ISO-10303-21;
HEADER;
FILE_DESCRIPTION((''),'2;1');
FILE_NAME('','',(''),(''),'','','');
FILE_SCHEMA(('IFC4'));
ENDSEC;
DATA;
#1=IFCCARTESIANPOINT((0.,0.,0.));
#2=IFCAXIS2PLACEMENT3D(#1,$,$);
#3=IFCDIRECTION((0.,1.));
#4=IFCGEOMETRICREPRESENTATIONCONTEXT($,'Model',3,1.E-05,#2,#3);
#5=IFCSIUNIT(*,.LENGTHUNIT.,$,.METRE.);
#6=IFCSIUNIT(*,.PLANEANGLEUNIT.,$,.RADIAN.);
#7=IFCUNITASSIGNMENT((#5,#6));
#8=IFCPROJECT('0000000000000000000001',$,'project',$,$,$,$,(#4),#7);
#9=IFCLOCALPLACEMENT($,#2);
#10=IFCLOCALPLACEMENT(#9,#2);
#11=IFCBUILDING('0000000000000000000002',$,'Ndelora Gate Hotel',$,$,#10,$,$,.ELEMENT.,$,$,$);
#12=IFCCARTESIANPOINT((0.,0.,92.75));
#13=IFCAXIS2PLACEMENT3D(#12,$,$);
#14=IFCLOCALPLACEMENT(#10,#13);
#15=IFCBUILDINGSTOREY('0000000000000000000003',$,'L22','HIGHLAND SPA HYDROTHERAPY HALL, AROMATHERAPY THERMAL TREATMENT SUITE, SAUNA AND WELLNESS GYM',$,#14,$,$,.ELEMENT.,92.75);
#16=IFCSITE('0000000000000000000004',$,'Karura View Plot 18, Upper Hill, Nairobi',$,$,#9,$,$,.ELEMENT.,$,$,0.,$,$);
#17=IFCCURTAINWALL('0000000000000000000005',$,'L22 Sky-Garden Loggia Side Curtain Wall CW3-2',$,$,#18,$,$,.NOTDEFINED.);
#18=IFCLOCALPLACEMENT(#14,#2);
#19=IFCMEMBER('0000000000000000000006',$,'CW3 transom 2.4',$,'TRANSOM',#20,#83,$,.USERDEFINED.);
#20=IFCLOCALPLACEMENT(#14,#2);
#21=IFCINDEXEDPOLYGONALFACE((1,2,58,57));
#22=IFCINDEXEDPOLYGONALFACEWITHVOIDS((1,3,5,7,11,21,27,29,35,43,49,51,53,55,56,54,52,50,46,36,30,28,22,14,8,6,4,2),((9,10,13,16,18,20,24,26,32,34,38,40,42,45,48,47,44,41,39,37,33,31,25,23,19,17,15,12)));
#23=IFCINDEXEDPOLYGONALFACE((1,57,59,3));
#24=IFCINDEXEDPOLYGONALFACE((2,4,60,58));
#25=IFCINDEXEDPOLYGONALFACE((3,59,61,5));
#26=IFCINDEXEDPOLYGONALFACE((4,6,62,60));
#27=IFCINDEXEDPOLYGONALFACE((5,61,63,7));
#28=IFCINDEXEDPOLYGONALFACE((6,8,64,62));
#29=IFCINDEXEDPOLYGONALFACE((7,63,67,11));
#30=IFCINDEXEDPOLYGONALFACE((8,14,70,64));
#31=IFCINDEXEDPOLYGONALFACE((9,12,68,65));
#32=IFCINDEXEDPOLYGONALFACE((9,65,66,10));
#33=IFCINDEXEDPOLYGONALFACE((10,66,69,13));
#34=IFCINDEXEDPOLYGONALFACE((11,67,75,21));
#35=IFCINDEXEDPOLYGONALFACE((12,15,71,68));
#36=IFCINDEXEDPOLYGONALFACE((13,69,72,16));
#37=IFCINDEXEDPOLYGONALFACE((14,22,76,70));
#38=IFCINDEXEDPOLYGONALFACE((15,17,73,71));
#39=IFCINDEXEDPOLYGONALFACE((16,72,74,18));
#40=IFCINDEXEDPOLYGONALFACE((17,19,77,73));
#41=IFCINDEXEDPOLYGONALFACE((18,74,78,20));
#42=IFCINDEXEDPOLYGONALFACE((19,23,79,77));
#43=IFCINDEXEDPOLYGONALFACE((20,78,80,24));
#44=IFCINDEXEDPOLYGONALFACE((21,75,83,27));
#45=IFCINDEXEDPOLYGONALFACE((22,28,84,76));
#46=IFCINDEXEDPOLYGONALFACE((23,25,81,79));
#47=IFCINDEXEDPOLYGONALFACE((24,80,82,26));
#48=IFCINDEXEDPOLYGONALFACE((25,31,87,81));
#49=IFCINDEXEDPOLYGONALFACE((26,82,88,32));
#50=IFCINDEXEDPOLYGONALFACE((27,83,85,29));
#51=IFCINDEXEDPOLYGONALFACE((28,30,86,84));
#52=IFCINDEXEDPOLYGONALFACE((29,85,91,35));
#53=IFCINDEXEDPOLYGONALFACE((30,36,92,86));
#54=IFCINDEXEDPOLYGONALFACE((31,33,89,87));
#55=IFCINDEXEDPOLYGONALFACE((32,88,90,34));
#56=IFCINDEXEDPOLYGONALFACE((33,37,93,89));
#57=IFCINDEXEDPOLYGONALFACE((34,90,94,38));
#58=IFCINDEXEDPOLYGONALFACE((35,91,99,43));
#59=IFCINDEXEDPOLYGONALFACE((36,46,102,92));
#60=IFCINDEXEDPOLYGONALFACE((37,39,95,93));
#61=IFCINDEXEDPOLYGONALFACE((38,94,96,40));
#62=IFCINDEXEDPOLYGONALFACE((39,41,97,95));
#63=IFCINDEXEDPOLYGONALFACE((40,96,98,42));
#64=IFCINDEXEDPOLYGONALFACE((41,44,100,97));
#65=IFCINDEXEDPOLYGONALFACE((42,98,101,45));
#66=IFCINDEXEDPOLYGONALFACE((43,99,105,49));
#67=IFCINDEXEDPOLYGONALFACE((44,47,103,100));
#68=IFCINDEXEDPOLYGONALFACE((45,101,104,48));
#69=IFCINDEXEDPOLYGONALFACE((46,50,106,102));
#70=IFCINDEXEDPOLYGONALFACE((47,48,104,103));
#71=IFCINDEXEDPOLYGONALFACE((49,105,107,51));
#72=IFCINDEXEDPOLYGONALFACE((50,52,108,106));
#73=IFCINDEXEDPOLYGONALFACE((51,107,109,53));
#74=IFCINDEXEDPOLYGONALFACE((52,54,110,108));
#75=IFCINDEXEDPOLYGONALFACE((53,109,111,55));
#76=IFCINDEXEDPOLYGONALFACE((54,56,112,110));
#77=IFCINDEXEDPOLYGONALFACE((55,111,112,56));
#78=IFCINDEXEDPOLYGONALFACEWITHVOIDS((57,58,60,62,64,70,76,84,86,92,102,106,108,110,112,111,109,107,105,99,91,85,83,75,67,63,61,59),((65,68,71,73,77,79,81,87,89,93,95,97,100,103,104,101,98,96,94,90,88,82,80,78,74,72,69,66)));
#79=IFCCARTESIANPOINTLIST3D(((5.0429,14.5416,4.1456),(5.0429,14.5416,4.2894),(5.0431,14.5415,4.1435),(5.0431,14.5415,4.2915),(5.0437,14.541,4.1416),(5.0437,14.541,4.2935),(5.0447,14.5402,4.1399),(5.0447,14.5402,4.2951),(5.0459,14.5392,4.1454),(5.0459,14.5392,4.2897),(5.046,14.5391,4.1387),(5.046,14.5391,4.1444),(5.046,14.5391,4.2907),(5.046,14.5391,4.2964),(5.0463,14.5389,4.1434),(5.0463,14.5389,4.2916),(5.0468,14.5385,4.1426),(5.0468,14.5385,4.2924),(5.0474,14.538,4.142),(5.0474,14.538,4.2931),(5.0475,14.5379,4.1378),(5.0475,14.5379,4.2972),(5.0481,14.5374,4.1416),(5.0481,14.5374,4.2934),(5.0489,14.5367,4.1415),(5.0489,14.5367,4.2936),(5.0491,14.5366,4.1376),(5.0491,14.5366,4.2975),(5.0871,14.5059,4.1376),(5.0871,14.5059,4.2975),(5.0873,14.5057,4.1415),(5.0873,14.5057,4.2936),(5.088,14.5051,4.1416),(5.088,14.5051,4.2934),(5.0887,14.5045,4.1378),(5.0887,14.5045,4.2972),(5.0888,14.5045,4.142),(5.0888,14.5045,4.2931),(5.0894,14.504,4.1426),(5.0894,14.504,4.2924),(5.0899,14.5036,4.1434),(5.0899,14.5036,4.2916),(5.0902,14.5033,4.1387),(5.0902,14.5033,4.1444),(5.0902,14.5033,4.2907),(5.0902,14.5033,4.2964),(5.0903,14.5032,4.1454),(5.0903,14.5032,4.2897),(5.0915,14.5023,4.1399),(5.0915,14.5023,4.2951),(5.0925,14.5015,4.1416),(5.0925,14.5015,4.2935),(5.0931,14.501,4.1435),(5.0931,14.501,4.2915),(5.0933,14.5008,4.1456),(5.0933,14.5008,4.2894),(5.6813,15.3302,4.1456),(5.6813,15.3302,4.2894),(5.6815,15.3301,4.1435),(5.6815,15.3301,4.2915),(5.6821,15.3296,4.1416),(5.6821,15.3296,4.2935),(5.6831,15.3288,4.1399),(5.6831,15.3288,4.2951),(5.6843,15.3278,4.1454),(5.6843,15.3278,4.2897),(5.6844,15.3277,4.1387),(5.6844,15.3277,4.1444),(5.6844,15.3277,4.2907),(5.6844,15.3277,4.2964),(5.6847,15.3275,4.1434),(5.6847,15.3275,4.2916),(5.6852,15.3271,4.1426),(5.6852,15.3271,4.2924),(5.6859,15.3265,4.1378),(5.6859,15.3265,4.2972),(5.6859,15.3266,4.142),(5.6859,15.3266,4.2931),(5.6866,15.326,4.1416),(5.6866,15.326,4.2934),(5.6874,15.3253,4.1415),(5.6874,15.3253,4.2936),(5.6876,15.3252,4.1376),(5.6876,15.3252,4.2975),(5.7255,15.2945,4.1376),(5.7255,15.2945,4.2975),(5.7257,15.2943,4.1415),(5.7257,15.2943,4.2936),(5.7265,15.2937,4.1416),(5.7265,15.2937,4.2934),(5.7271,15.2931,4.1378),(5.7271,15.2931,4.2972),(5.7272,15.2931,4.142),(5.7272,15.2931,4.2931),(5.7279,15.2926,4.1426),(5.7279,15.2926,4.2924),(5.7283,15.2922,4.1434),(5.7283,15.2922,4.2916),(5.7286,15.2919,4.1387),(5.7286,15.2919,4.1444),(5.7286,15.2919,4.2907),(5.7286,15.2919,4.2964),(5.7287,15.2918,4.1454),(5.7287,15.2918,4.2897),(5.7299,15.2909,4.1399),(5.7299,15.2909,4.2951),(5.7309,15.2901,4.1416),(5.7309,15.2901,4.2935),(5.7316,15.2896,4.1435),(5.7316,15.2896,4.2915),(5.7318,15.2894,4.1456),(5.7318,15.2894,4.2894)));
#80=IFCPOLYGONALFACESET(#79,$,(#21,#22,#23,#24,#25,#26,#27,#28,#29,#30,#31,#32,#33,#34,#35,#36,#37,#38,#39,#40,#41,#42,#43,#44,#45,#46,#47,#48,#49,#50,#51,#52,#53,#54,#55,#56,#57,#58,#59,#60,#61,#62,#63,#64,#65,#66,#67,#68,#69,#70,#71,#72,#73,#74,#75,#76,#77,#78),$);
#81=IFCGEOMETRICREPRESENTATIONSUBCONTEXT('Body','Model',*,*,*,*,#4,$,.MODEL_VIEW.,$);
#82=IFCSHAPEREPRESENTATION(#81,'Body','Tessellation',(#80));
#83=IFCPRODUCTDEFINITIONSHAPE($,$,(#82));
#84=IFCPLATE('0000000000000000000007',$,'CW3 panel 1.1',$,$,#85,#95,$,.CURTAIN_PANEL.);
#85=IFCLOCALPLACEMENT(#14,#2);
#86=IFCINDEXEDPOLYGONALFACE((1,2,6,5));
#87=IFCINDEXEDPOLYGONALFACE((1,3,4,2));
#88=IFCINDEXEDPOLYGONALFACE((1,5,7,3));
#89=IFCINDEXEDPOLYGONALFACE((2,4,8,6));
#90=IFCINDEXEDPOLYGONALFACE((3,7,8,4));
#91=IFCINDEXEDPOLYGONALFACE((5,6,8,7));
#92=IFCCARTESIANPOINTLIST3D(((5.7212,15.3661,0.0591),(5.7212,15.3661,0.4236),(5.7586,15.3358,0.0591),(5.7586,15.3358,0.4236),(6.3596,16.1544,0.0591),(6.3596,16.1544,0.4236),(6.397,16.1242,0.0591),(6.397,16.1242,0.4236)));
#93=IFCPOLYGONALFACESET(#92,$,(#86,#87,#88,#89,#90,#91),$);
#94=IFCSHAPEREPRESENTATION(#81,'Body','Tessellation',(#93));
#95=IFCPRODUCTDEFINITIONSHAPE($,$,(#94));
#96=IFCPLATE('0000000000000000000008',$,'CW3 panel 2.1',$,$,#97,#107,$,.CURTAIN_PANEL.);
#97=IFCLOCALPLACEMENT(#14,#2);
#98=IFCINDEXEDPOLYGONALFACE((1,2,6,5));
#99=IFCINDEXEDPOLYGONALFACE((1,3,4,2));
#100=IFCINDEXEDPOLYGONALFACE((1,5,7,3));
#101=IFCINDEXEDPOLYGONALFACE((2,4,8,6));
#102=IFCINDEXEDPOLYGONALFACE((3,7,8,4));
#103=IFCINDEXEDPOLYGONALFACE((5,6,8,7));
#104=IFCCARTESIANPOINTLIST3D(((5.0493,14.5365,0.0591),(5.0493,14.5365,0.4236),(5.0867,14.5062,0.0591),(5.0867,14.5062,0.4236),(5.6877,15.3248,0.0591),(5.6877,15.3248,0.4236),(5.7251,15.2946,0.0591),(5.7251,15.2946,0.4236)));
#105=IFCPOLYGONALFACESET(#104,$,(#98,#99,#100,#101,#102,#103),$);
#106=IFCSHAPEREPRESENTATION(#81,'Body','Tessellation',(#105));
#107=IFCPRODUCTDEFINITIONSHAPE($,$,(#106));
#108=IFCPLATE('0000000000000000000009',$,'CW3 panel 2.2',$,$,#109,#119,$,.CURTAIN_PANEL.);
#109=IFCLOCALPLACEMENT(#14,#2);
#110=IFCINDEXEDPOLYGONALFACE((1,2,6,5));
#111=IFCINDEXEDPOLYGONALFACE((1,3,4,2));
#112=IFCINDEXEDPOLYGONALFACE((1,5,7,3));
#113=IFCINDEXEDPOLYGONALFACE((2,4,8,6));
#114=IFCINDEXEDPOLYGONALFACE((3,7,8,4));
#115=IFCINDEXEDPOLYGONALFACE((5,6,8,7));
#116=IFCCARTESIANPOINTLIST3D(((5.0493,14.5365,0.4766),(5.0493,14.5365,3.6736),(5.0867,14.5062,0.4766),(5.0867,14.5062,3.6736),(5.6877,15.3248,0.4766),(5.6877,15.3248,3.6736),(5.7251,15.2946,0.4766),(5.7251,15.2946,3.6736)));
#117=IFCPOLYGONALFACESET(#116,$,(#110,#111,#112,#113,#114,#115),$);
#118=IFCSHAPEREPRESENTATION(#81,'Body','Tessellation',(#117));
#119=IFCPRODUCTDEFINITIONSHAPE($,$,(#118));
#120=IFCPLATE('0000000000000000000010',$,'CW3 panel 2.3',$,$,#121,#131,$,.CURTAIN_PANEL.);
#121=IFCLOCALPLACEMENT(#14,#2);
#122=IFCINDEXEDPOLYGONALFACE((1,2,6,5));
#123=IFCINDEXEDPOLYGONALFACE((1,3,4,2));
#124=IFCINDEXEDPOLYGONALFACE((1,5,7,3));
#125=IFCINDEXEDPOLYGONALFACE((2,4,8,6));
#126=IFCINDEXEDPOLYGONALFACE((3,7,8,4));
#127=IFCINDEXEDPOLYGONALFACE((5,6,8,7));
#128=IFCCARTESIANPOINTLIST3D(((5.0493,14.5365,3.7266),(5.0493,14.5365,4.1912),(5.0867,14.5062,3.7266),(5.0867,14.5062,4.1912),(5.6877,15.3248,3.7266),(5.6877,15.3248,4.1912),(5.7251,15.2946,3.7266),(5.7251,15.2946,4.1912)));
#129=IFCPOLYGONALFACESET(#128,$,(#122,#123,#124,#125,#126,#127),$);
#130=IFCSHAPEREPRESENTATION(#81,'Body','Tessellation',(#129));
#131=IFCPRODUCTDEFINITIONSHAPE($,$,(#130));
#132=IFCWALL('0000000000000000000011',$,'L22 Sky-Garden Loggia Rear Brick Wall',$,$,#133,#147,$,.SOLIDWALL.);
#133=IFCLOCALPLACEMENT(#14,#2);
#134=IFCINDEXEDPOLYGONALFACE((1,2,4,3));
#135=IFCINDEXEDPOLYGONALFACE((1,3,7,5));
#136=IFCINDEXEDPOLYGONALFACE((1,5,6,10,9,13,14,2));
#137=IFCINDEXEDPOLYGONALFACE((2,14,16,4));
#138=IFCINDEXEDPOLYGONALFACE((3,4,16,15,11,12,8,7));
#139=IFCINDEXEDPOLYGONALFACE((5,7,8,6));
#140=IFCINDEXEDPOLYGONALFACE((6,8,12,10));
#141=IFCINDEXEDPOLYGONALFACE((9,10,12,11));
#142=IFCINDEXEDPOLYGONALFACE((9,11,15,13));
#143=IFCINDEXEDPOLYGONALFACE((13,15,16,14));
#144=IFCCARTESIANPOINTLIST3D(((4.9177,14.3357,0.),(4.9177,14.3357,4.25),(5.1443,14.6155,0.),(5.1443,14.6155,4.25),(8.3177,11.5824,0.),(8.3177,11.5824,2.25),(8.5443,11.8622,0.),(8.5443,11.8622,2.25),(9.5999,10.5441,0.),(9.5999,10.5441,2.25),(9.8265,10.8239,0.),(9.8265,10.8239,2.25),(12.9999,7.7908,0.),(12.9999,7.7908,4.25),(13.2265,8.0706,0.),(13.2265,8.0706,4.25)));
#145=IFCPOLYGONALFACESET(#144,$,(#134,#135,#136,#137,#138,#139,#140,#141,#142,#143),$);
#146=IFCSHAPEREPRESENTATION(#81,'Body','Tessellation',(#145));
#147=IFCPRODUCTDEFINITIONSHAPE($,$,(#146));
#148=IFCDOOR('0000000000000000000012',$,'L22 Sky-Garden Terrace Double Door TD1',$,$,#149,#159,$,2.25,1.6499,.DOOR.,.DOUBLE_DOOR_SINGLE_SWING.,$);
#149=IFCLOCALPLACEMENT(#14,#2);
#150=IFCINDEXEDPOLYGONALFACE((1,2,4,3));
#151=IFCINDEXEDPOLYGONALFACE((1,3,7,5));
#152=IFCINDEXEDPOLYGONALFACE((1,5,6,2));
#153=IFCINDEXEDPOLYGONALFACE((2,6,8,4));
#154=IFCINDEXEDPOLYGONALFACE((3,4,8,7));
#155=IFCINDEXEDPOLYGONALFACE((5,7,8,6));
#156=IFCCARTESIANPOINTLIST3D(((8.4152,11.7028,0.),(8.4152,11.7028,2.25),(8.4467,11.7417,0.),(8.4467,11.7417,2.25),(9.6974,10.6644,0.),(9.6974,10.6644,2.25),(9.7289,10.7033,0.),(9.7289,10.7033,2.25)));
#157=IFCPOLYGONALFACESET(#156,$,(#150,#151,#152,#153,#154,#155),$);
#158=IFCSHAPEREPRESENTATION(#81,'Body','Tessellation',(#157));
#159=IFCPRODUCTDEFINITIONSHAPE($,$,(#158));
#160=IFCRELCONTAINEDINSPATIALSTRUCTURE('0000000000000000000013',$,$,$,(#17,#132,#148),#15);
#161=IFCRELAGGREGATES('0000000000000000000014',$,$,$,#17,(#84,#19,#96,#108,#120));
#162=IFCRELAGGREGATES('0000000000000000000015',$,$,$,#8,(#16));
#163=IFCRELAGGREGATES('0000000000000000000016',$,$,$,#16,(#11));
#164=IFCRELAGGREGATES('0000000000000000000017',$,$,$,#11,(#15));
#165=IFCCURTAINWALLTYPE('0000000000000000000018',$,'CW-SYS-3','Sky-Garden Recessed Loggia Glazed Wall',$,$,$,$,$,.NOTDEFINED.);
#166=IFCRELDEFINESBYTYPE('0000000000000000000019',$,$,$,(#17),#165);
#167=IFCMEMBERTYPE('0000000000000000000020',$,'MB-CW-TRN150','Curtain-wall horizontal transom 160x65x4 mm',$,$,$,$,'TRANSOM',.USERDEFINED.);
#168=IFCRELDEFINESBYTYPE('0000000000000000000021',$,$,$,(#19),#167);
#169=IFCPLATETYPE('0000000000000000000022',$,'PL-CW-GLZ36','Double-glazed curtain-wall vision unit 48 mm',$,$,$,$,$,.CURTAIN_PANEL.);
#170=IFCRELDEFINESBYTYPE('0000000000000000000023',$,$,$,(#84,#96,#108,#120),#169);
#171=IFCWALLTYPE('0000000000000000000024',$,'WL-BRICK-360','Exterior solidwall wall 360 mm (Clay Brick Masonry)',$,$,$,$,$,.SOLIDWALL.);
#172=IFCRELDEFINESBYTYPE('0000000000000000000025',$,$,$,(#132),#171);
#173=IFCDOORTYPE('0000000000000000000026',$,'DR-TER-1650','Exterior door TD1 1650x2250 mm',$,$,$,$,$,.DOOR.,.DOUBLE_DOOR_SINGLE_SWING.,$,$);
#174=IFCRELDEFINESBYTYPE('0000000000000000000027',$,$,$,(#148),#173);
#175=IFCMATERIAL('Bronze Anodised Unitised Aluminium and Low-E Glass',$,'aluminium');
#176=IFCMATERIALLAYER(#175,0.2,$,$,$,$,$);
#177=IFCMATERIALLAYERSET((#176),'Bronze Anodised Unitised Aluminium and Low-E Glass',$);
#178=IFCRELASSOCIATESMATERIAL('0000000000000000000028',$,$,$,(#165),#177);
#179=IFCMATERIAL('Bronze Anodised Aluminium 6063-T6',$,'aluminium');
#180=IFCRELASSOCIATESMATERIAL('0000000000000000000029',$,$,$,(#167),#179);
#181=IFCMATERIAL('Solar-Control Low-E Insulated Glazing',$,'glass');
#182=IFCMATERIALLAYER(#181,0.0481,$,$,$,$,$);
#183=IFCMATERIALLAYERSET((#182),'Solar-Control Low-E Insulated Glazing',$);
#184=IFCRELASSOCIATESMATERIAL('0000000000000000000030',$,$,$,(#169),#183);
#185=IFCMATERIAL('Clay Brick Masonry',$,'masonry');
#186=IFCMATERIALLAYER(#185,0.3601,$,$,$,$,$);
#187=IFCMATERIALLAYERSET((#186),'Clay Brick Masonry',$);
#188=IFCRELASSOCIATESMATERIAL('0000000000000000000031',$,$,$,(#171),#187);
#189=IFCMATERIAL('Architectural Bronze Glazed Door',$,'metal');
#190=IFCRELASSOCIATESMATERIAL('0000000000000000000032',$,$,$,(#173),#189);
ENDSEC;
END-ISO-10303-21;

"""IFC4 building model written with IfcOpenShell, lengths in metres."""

from ifc_helpers import new_model, si_unit, direction, frame, frame_2d, origin, origin_2d, place, context, subcontext, project, spatial, rectangle, hollow_rectangle, extrude, material, layer, layer_set, material_profile, profile_set, type_object, element, fill, aggregate, save


model = new_model("IFC4")

# Units and contexts
model_context = context("Model", 3, precision=1e-05, world=origin(), true_north=direction((0.0, 1.0)))
body_context = subcontext(model_context, "Body", "Model", "MODEL_VIEW")
ifc_project = project(units=[si_unit("LENGTHUNIT", "METRE"), si_unit("PLANEANGLEUNIT", "RADIAN")], contexts=[model_context])

# Site, building, storey
site_placement = place(None, origin())
site = spatial("IfcSite", under=ifc_project, at=site_placement, Name="Karura View Plot 18, Upper Hill, Nairobi", CompositionType="ELEMENT", RefElevation=0.0)
building_placement = place(site_placement, origin())
building = spatial("IfcBuilding", under=site, at=building_placement, Name="Ndelora Gate Hotel", CompositionType="ELEMENT")
storey_placement = place(building_placement, frame((0.0, 0.0, 92.75)))
storey = spatial("IfcBuildingStorey", under=building, at=storey_placement, Name="L22", Description="HIGHLAND SPA HYDROTHERAPY HALL, AROMATHERAPY THERMAL TREATMENT SUITE, SAUNA AND WELLNESS GYM", CompositionType="ELEMENT", Elevation=92.75)

# Curtain wall, member, plates
ifc_material_1 = material(Name="Bronze Anodised Unitised Aluminium and Low-E Glass", Category="aluminium")
ifc_layer_1 = layer(ifc_material_1, 0.2)
ifc_layer_set_1 = layer_set([ifc_layer_1], Name="Bronze Anodised Unitised Aluminium and Low-E Glass")
curtain_wall_type = type_object("IfcCurtainWallType", Name="CW-SYS-3", Description="Sky-Garden Recessed Loggia Glazed Wall", PredefinedType="NOTDEFINED", material=ifc_layer_set_1)
curtain_wall_placement = place(storey_placement, origin())
curtain_wall = element("IfcCurtainWall", 1, at=curtain_wall_placement, inside=storey, type_object=curtain_wall_type, Name="L22 Sky-Garden Loggia Side Curtain Wall CW3-2", PredefinedType="NOTDEFINED")
ifc_material_2 = material(Name="Bronze Anodised Aluminium 6063-T6", Category="aluminium")
ifc_material_profile_1 = material_profile(ifc_material_2, hollow_rectangle(XDim=0.0649, YDim=0.1599, WallThickness=0.0039, InnerFilletRadius=0.0039, OuterFilletRadius=0.0081, at=origin_2d()), Name="ALU 160x65x4")
ifc_profile_set_1 = profile_set([ifc_material_profile_1], Name="Bronze Anodised Aluminium 6063-T6")
member_type_1 = type_object("IfcMemberType", Name="MB-CW-TRN150", Description="Curtain-wall horizontal transom 160x65x4 mm", ElementType="TRANSOM", PredefinedType="USERDEFINED", material=ifc_profile_set_1)
member_1_placement = place(storey_placement, frame((5.7065, 15.3098, 4.2175), z_axis=(-0.629233, -0.777217, 0.0), x_axis=(0.777217, -0.629233, 0.0)))
member_1 = element("IfcMember", 2, at=member_1_placement, type_object=member_type_1, Name="CW3 transom 2.4", ObjectType="TRANSOM", PredefinedType="USERDEFINED", context=body_context, shape_type="SweptSolid", body=[
    extrude(hollow_rectangle(XDim=0.0649, YDim=0.1599, WallThickness=0.0039, InnerFilletRadius=0.0039, OuterFilletRadius=0.0081, at=origin_2d()), origin(), (0.0, 0.0, 1.0), 1.0146),
])
ifc_material_3 = material(Name="Solar-Control Low-E Insulated Glazing", Category="glass")
ifc_layer_2 = layer(ifc_material_3, 0.0481)
ifc_layer_set_2 = layer_set([ifc_layer_2], Name="Solar-Control Low-E Insulated Glazing")
plate_type = type_object("IfcPlateType", Name="PL-CW-GLZ36", Description="Double-glazed curtain-wall vision unit 48 mm", PredefinedType="CURTAIN_PANEL", material=ifc_layer_set_2)
plate_1_placement = place(storey_placement, frame((6.0591, 15.7451, 0.0591), z_axis=(0.0, 0.0, 1.0), x_axis=(-0.629324, -0.777143, 0.0)))
plate_1 = element("IfcPlate", 3, at=plate_1_placement, type_object=plate_type, Name="CW3 panel 1.1", PredefinedType="CURTAIN_PANEL", context=body_context, shape_type="SweptSolid", body=[
    extrude(rectangle(XDim=1.0144, YDim=0.0481, at=origin_2d()), origin(), (0.0, 0.0, 1.0), 0.3645),
])
plate_2_placement = place(storey_placement, frame((5.3872, 14.9155, 0.0591), z_axis=(0.0, 0.0, 1.0), x_axis=(-0.629324, -0.777143, 0.0)))
plate_2 = element("IfcPlate", 4, at=plate_2_placement, type_object=plate_type, Name="CW3 panel 2.1", PredefinedType="CURTAIN_PANEL", context=body_context, shape_type="SweptSolid", body=[
    extrude(rectangle(XDim=1.0144, YDim=0.0481, at=origin_2d()), origin(), (0.0, 0.0, 1.0), 0.3645),
])
plate_3_placement = place(storey_placement, frame((5.3872, 14.9155, 0.4766), z_axis=(0.0, 0.0, 1.0), x_axis=(-0.629324, -0.777143, 0.0)))
plate_3 = element("IfcPlate", 5, at=plate_3_placement, type_object=plate_type, Name="CW3 panel 2.2", PredefinedType="CURTAIN_PANEL", context=body_context, shape_type="SweptSolid", body=[
    extrude(rectangle(XDim=1.0144, YDim=0.0481, at=origin_2d()), origin(), (0.0, 0.0, 1.0), 3.197),
])
plate_4_placement = place(storey_placement, frame((5.3872, 14.9155, 3.7266), z_axis=(0.0, 0.0, 1.0), x_axis=(-0.629324, -0.777143, 0.0)))
plate_4 = element("IfcPlate", 6, at=plate_4_placement, type_object=plate_type, Name="CW3 panel 2.3", PredefinedType="CURTAIN_PANEL", context=body_context, shape_type="SweptSolid", body=[
    extrude(rectangle(XDim=1.0144, YDim=0.0481, at=origin_2d()), origin(), (0.0, 0.0, 1.0), 0.4646),
])
aggregate(curtain_wall, [plate_1, member_1, plate_2, plate_3, plate_4])

# Wall, opening, door
ifc_material_4 = material(Name="Clay Brick Masonry", Category="masonry")
ifc_layer_3 = layer(ifc_material_4, 0.3601)
ifc_layer_set_3 = layer_set([ifc_layer_3], Name="Clay Brick Masonry")
wall_type_1 = type_object("IfcWallType", Name="WL-BRICK-360", Description="Exterior solidwall wall 360 mm (Clay Brick Masonry)", PredefinedType="SOLIDWALL", material=ifc_layer_set_3)
wall_1_placement = place(storey_placement, frame((5.031, 14.4756, 0.0), z_axis=(0.0, 0.0, 1.0), x_axis=(0.777145, -0.629322, 0.0)))
wall_1 = element("IfcWall", 7, at=wall_1_placement, inside=storey, type_object=wall_type_1, Name="L22 Sky-Garden Loggia Rear Brick Wall", PredefinedType="SOLIDWALL", context=body_context, shape_type="SweptSolid", body=[
    extrude(rectangle(XDim=10.3999, YDim=0.3601, at=frame_2d((5.2, 0.0))), origin(), (0.0, 0.0, 1.0), 4.25),
])
opening_1_placement = place(wall_1_placement, frame((4.375, 0.0, 0.0)))
opening_1 = element("IfcOpeningElement", 8, at=opening_1_placement, cuts=wall_1, PredefinedType="OPENING", context=body_context, shape_type="SweptSolid", body=[
    extrude(rectangle(XDim=1.6499, YDim=2.25, at=frame_2d((0.825, 1.125))), frame((0.0, 0.1899, 0.0), z_axis=(0.0, -1.0, 0.0), x_axis=(1.0, 0.0, 0.0)), (0.0, 0.0, 1.0), 0.3801),
])
ifc_material_5 = material(Name="Architectural Bronze Glazed Door", Category="metal")
door_type = type_object("IfcDoorType", Name="DR-TER-1650", Description="Exterior door TD1 1650x2250 mm", OperationType="DOUBLE_DOOR_SINGLE_SWING", PredefinedType="DOOR", material=ifc_material_5)
door_placement = place(opening_1_placement, origin())
door = element("IfcDoor", 9, at=door_placement, inside=storey, type_object=door_type, Name="L22 Sky-Garden Terrace Double Door TD1", OperationType="DOUBLE_DOOR_SINGLE_SWING", OverallHeight=2.25, OverallWidth=1.6499, PredefinedType="DOOR", context=body_context, shape_type="SweptSolid", body=[
    extrude(rectangle(XDim=1.6499, YDim=2.25, at=frame_2d((0.825, 1.125))), frame((0.0, 0.0249, 0.0), z_axis=(0.0, -1.0, 0.0), x_axis=(1.0, 0.0, 0.0)), (0.0, 0.0, 1.0), 0.05),
])
fill(opening_1, door)

save(model, "model.ifc")
